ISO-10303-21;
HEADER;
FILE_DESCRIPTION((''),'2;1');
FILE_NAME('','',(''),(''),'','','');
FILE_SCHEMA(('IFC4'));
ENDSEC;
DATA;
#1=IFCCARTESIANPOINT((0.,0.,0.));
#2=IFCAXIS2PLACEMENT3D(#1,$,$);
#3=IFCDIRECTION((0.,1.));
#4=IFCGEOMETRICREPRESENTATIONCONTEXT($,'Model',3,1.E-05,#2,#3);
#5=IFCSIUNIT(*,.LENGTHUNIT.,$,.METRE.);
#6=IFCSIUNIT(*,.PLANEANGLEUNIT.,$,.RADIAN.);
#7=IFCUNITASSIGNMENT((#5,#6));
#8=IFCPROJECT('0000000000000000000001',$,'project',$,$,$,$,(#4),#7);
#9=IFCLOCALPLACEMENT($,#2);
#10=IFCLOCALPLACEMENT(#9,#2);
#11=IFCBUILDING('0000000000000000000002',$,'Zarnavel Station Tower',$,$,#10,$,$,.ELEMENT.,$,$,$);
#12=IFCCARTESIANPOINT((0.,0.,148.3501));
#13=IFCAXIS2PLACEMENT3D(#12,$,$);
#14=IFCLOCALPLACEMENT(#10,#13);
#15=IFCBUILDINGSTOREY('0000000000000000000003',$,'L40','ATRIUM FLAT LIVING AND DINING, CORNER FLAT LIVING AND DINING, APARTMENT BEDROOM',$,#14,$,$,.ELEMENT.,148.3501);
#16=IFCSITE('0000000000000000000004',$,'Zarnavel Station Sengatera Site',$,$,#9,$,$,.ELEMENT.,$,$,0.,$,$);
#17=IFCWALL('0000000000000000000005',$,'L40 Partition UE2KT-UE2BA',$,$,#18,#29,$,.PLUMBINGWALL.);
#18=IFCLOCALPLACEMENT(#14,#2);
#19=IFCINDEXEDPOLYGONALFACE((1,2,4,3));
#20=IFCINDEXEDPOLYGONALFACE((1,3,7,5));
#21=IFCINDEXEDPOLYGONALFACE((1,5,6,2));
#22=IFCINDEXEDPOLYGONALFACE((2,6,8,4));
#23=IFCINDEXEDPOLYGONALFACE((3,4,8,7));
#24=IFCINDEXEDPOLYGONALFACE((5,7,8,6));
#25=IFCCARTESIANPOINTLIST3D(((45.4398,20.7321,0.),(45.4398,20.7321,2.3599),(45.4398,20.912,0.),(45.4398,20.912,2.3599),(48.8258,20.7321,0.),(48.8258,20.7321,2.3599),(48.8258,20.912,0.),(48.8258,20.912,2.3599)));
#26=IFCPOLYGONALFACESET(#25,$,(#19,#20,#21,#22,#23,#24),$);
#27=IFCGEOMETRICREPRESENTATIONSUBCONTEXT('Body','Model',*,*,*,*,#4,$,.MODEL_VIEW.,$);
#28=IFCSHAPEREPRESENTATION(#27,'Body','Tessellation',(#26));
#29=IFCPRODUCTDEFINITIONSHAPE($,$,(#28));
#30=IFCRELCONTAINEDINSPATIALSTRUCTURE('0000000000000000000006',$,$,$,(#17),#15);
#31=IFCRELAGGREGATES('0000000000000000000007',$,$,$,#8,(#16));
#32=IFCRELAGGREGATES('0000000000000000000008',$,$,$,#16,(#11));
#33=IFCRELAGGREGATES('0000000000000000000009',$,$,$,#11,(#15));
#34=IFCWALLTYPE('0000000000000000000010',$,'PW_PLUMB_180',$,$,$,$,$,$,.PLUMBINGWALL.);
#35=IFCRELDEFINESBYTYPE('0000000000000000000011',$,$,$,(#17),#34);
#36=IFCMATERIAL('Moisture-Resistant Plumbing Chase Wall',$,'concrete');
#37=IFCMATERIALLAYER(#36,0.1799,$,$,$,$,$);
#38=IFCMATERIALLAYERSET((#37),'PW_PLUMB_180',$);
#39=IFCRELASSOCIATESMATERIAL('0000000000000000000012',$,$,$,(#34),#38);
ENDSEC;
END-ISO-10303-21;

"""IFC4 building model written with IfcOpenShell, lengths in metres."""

from ifc_helpers import new_model, si_unit, direction, frame, frame_2d, origin, place, context, subcontext, project, spatial, rectangle, extrude, material, layer, layer_set, type_object, element, save


model = new_model("IFC4")

# Units and contexts
model_context = context("Model", 3, precision=1e-05, world=origin(), true_north=direction((0.0, 1.0)))
body_context = subcontext(model_context, "Body", "Model", "MODEL_VIEW")
ifc_project = project(units=[si_unit("LENGTHUNIT", "METRE"), si_unit("PLANEANGLEUNIT", "RADIAN")], contexts=[model_context])

# Site, building, storey
site_placement = place(None, origin())
site = spatial("IfcSite", under=ifc_project, at=site_placement, Name="Zarnavel Station Sengatera Site", CompositionType="ELEMENT", RefElevation=0.0)
building_placement = place(site_placement, origin())
building = spatial("IfcBuilding", under=site, at=building_placement, Name="Zarnavel Station Tower", CompositionType="ELEMENT")
storey_placement = place(building_placement, frame((0.0, 0.0, 148.3501)))
storey = spatial("IfcBuildingStorey", under=building, at=storey_placement, Name="L40", Description="ATRIUM FLAT LIVING AND DINING, CORNER FLAT LIVING AND DINING, APARTMENT BEDROOM", CompositionType="ELEMENT", Elevation=148.3501)

# Shared definitions
ifc_material_1 = material(Name="Moisture-Resistant Plumbing Chase Wall", Category="concrete")
ifc_layer_1 = layer(ifc_material_1, 0.1799)
ifc_layer_set_1 = layer_set([ifc_layer_1], Name="PW_PLUMB_180")
wall_type_1 = type_object("IfcWallType", Name="PW_PLUMB_180", PredefinedType="PLUMBINGWALL", material=ifc_layer_set_1)

# Wall
wall_1_placement = place(storey_placement, frame((45.4399, 20.822, 0.0), z_axis=(0.0, 0.0, 1.0), x_axis=(1.0, 0.0, 0.0)))
element("IfcWall", 1, at=wall_1_placement, inside=storey, type_object=wall_type_1, Name="L40 Partition UE2KT-UE2BA", PredefinedType="PLUMBINGWALL", context=body_context, shape_type="SweptSolid", body=[
    extrude(rectangle(XDim=3.386, YDim=0.1799, at=frame_2d((1.6929, 0.0))), origin(), (0.0, 0.0, 1.0), 2.3599),
])

save(model, "model.ifc")
